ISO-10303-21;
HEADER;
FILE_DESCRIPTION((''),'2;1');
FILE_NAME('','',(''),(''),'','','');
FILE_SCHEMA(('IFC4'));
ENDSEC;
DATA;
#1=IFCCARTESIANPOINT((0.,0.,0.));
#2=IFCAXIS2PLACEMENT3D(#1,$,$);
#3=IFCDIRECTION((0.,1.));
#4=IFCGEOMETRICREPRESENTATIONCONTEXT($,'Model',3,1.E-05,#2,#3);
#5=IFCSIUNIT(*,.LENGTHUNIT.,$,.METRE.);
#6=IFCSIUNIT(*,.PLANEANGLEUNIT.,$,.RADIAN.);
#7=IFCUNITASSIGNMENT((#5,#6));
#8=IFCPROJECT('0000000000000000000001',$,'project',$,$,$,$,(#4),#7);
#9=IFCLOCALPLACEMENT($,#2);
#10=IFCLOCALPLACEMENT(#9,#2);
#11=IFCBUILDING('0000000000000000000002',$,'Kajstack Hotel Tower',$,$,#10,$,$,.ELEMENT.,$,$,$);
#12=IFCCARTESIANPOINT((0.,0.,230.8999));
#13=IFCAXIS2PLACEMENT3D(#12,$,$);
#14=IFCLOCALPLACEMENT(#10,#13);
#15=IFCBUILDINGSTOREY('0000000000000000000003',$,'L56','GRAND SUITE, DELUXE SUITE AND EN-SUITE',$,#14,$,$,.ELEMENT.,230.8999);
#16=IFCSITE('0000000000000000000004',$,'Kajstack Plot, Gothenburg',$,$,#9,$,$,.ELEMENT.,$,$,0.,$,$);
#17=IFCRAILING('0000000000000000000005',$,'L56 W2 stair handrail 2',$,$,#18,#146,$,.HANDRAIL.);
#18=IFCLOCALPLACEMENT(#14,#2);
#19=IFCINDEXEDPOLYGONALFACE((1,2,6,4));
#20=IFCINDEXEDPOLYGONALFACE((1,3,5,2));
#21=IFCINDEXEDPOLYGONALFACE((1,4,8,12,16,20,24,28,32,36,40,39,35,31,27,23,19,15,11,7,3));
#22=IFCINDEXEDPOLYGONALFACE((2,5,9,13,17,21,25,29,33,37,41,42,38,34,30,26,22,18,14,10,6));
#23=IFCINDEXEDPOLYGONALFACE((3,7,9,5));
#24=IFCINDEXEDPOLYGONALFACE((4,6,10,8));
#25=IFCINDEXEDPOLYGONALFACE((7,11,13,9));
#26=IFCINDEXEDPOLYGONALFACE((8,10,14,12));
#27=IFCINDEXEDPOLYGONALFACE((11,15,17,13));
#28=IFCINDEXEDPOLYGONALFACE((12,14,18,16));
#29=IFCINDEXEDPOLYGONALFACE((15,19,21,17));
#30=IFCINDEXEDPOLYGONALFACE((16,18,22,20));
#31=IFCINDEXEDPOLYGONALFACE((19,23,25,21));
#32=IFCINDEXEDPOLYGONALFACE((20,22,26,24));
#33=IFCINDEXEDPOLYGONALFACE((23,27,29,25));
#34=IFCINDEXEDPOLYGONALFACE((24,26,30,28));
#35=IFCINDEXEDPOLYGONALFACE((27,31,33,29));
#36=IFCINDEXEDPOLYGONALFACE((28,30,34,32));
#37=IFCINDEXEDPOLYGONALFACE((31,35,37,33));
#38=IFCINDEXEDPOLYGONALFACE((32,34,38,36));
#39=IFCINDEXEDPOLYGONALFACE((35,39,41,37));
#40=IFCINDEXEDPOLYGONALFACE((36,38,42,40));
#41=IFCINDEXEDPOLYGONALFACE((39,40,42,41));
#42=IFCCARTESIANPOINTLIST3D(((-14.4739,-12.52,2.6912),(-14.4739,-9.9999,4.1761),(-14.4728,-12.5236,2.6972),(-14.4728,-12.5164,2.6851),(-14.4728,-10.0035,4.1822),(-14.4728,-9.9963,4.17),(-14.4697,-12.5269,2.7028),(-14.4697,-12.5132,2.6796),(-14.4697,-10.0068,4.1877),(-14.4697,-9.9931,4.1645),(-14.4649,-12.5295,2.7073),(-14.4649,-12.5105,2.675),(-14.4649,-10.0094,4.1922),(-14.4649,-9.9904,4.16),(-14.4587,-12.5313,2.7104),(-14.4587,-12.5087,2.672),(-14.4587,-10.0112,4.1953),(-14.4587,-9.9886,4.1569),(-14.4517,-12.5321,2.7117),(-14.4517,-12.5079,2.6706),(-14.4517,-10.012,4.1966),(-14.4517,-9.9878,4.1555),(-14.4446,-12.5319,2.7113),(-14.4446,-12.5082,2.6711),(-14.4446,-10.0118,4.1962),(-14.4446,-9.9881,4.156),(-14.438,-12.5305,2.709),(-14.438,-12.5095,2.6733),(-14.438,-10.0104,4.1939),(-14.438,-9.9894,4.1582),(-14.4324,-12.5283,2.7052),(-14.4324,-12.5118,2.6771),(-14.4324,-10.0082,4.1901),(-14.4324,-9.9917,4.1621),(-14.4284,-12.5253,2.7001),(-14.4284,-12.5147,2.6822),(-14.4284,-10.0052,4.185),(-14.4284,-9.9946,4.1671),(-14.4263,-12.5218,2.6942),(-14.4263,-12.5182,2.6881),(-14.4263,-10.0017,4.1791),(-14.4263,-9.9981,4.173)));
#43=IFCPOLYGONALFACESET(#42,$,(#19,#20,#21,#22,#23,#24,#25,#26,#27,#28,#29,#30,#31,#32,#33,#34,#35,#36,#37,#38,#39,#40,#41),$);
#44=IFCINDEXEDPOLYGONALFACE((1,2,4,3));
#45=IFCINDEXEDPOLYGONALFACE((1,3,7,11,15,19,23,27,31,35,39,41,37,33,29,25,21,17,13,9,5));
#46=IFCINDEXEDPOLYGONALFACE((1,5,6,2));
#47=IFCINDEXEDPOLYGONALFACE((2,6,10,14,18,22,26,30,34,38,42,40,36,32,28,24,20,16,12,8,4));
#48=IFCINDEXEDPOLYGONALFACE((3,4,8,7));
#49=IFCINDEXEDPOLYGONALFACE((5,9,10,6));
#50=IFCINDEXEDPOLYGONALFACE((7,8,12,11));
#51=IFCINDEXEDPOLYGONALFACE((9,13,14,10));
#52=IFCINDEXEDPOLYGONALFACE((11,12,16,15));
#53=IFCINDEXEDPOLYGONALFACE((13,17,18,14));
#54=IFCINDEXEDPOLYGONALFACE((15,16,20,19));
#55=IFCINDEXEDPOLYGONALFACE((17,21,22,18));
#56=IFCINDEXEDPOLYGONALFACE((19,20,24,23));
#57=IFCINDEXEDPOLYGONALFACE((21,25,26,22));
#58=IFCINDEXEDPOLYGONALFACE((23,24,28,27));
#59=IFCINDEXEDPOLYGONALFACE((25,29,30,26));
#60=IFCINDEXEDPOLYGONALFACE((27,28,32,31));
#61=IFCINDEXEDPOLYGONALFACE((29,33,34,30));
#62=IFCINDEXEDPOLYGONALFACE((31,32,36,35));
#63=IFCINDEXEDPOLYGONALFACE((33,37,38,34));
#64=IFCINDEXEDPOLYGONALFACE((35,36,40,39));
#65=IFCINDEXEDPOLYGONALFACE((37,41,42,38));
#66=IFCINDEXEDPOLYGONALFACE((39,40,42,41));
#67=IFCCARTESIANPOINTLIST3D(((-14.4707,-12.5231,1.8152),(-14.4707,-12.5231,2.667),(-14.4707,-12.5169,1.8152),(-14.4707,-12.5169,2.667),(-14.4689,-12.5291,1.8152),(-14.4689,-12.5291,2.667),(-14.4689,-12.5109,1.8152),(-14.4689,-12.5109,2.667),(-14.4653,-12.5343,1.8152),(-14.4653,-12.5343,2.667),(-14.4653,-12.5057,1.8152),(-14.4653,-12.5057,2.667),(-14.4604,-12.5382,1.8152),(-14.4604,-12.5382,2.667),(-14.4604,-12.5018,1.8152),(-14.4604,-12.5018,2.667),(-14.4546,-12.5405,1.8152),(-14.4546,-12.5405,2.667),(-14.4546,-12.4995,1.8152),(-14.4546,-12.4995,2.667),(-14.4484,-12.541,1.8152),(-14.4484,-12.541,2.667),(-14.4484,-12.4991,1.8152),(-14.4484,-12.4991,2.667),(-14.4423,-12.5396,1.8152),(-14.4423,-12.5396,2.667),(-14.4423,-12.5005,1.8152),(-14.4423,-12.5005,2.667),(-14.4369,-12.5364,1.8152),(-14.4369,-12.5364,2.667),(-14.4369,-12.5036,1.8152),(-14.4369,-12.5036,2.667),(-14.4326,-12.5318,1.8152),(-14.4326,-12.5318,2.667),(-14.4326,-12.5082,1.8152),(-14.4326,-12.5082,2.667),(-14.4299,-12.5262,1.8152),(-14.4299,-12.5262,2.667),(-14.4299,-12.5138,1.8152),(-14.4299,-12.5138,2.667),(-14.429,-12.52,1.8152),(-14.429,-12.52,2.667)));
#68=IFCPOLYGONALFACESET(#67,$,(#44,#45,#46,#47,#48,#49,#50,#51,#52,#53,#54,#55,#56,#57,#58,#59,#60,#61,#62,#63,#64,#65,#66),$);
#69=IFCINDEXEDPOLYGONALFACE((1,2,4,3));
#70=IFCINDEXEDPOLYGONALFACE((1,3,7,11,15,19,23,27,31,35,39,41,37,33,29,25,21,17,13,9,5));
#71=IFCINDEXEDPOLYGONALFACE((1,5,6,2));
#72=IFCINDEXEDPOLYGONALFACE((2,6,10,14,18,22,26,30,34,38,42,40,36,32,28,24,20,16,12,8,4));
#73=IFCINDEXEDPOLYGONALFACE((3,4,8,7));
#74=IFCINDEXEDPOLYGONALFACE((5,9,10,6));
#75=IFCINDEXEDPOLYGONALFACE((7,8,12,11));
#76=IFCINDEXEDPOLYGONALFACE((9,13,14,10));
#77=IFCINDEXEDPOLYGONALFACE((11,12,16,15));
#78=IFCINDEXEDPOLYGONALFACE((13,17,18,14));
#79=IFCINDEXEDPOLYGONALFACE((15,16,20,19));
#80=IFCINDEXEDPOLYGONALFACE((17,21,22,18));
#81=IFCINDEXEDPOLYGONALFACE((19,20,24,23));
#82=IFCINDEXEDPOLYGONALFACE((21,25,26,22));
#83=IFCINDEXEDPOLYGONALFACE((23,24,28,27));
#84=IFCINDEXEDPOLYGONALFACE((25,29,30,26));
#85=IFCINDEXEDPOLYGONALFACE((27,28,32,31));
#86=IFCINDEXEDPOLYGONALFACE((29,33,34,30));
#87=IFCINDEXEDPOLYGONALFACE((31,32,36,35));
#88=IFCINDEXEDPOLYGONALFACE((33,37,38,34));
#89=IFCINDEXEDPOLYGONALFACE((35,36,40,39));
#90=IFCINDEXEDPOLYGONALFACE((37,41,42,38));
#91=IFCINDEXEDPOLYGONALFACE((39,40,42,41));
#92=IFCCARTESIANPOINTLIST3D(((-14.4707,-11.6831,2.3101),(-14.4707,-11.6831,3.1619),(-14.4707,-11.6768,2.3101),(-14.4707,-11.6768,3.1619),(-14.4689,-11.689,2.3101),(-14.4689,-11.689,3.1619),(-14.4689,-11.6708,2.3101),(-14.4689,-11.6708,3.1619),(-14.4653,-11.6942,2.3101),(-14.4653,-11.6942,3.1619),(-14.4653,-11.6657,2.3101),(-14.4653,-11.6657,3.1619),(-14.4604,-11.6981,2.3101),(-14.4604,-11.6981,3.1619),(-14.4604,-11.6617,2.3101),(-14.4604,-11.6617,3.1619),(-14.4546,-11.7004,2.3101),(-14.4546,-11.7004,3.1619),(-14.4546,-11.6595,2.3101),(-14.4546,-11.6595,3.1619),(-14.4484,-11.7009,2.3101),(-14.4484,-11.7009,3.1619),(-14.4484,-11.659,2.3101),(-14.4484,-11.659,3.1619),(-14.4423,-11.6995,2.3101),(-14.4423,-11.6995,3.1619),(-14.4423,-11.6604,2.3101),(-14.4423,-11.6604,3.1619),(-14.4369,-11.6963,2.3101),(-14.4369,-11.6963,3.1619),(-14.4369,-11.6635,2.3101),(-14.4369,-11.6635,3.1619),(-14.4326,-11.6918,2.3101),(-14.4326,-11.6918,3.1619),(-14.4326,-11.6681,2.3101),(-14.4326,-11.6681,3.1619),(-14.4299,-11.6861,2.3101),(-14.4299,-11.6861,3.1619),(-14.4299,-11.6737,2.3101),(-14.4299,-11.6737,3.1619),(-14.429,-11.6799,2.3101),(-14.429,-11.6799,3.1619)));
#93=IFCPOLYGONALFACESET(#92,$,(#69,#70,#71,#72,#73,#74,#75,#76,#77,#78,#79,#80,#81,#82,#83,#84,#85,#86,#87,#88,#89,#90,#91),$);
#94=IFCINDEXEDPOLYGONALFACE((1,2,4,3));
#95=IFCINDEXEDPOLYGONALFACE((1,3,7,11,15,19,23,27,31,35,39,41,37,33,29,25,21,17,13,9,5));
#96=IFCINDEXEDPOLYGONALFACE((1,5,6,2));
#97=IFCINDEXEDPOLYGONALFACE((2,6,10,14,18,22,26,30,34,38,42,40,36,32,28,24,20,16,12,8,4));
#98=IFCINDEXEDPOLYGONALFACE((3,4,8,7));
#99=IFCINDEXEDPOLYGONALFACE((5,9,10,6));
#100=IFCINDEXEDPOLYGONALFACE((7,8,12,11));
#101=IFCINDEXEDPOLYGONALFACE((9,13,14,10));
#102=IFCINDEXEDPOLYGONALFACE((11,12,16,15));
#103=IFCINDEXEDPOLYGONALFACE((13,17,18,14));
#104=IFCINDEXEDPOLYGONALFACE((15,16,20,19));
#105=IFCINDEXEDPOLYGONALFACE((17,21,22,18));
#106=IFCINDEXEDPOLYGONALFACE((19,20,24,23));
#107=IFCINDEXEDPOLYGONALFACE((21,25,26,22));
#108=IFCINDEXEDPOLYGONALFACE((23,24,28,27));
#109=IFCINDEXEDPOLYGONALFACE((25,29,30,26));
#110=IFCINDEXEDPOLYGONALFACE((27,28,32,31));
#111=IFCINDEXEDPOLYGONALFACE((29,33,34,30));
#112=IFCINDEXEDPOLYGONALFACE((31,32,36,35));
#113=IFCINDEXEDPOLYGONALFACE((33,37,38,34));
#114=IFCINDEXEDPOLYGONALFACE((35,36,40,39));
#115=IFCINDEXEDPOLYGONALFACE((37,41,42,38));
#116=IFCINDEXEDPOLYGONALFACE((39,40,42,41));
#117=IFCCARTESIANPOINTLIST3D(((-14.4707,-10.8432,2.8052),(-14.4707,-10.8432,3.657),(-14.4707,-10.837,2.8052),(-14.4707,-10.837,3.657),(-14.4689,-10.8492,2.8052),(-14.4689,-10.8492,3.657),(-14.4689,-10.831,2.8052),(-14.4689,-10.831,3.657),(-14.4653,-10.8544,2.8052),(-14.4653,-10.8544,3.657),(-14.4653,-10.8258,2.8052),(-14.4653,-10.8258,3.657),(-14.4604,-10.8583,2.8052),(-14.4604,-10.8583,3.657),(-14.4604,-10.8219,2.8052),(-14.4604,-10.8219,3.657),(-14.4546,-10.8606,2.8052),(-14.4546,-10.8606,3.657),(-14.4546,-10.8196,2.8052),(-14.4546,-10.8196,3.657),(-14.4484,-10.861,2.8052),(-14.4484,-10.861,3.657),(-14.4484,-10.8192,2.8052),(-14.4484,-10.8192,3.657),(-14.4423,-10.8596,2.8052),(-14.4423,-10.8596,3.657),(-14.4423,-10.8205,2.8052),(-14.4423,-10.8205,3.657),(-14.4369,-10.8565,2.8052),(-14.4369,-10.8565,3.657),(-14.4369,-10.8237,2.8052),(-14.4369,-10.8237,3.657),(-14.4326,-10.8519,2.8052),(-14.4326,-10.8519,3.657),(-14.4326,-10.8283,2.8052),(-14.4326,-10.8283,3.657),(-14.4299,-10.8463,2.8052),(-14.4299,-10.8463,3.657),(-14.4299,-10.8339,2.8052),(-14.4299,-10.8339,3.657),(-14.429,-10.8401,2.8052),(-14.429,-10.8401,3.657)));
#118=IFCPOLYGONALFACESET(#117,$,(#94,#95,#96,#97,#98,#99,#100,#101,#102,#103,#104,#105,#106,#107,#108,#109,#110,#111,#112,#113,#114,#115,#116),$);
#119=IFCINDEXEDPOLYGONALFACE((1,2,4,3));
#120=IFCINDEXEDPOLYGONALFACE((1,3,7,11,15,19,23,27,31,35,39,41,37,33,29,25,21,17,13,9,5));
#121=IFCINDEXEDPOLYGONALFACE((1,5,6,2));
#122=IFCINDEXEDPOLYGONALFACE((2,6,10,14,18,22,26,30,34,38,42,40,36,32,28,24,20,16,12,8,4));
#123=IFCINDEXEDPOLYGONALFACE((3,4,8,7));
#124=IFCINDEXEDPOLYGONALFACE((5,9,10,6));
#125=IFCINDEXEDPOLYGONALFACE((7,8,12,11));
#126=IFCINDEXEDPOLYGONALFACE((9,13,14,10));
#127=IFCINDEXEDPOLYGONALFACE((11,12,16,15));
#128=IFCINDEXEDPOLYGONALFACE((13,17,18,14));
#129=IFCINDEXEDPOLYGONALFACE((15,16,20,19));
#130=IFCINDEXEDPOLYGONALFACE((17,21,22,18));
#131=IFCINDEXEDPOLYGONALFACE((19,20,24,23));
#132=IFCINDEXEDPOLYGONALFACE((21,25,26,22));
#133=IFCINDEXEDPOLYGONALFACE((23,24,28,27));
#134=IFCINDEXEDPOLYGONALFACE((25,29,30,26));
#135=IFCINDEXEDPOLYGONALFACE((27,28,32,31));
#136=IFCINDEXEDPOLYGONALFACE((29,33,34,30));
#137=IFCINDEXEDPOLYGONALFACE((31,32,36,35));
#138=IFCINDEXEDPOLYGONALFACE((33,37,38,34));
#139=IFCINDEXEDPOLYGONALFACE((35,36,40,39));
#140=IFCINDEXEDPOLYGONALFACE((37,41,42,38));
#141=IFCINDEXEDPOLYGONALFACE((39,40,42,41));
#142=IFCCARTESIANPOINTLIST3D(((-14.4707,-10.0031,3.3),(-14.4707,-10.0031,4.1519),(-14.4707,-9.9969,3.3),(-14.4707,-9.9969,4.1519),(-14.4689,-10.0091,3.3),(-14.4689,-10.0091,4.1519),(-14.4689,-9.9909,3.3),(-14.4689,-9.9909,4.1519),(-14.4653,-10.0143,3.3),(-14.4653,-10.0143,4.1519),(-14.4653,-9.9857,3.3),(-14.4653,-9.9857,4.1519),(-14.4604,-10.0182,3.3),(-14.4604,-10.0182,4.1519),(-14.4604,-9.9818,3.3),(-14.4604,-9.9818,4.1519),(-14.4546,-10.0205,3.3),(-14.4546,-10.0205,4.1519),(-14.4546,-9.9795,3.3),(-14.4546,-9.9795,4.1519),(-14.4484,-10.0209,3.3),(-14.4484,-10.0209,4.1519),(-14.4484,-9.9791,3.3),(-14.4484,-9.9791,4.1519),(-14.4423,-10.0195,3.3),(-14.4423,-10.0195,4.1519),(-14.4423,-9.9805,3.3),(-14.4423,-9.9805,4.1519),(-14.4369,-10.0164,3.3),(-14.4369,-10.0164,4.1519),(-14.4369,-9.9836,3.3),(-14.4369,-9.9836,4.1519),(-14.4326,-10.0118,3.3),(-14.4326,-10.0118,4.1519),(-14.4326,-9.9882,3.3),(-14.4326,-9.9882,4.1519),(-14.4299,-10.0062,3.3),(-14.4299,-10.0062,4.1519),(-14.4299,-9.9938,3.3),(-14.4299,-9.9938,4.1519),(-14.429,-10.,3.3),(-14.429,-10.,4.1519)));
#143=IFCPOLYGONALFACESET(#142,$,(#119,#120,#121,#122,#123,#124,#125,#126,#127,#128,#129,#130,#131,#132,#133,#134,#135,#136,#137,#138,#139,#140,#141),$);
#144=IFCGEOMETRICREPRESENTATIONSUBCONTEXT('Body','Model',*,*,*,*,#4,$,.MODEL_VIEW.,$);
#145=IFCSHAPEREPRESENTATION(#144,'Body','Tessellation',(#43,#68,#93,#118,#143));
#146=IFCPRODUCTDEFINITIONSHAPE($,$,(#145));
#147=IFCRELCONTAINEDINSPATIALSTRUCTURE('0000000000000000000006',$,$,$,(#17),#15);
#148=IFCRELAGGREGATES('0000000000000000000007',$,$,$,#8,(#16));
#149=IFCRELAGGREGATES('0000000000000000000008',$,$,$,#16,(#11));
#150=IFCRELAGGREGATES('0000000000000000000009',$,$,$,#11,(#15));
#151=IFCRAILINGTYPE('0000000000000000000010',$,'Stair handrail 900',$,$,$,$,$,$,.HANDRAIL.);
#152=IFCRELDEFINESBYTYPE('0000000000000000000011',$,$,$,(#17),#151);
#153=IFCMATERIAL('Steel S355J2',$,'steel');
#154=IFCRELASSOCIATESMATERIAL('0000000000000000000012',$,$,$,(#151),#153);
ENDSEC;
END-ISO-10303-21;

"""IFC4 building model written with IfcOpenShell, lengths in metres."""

from ifc_helpers import new_model, si_unit, direction, frame, origin, origin_2d, place, context, subcontext, project, spatial, circle, extrude, material, type_object, element, save


model = new_model("IFC4")

# Units and contexts
model_context = context("Model", 3, precision=1e-05, world=origin(), true_north=direction((0.0, 1.0)))
body_context = subcontext(model_context, "Body", "Model", "MODEL_VIEW")
ifc_project = project(units=[si_unit("LENGTHUNIT", "METRE"), si_unit("PLANEANGLEUNIT", "RADIAN")], contexts=[model_context])

# Site, building, storey
site_placement = place(None, origin())
site = spatial("IfcSite", under=ifc_project, at=site_placement, Name="Kajstack Plot, Gothenburg", CompositionType="ELEMENT", RefElevation=0.0)
building_placement = place(site_placement, origin())
building = spatial("IfcBuilding", under=site, at=building_placement, Name="Kajstack Hotel Tower", CompositionType="ELEMENT")
storey_placement = place(building_placement, frame((0.0, 0.0, 230.8999)))
storey = spatial("IfcBuildingStorey", under=building, at=storey_placement, Name="L56", Description="GRAND SUITE, DELUXE SUITE AND EN-SUITE", CompositionType="ELEMENT", Elevation=230.8999)

# Railing
ifc_material_1 = material(Name="Steel S355J2", Category="steel")
railing_type_1 = type_object("IfcRailingType", Name="Stair handrail 900", PredefinedType="HANDRAIL", material=ifc_material_1)
railing_1_placement = place(storey_placement, frame((-14.45, -12.52, 1.8152)))
element("IfcRailing", 1, at=railing_1_placement, inside=storey, type_object=railing_type_1, Name="L56 W2 stair handrail 2", PredefinedType="HANDRAIL", context=body_context, shape_type="SweptSolid", body=[
    extrude(circle(Radius=0.0239, at=origin_2d()), frame((0.0, 0.0, 0.876), z_axis=(0.0, 0.861561, 0.507655), x_axis=(-1.0, 0.0, 0.0)), (0.0, 0.0, 1.0), 2.925),
    extrude(circle(Radius=0.021, at=origin_2d()), origin(), (0.0, 0.0, 1.0), 0.8518),
    extrude(circle(Radius=0.021, at=origin_2d()), frame((0.0, 0.8401, 0.4949)), (0.0, 0.0, 1.0), 0.8518),
    extrude(circle(Radius=0.021, at=origin_2d()), frame((0.0, 1.6799, 0.99)), (0.0, 0.0, 1.0), 0.8518),
    extrude(circle(Radius=0.021, at=origin_2d()), frame((0.0, 2.52, 1.4849)), (0.0, 0.0, 1.0), 0.8518),
])

save(model, "model.ifc")
